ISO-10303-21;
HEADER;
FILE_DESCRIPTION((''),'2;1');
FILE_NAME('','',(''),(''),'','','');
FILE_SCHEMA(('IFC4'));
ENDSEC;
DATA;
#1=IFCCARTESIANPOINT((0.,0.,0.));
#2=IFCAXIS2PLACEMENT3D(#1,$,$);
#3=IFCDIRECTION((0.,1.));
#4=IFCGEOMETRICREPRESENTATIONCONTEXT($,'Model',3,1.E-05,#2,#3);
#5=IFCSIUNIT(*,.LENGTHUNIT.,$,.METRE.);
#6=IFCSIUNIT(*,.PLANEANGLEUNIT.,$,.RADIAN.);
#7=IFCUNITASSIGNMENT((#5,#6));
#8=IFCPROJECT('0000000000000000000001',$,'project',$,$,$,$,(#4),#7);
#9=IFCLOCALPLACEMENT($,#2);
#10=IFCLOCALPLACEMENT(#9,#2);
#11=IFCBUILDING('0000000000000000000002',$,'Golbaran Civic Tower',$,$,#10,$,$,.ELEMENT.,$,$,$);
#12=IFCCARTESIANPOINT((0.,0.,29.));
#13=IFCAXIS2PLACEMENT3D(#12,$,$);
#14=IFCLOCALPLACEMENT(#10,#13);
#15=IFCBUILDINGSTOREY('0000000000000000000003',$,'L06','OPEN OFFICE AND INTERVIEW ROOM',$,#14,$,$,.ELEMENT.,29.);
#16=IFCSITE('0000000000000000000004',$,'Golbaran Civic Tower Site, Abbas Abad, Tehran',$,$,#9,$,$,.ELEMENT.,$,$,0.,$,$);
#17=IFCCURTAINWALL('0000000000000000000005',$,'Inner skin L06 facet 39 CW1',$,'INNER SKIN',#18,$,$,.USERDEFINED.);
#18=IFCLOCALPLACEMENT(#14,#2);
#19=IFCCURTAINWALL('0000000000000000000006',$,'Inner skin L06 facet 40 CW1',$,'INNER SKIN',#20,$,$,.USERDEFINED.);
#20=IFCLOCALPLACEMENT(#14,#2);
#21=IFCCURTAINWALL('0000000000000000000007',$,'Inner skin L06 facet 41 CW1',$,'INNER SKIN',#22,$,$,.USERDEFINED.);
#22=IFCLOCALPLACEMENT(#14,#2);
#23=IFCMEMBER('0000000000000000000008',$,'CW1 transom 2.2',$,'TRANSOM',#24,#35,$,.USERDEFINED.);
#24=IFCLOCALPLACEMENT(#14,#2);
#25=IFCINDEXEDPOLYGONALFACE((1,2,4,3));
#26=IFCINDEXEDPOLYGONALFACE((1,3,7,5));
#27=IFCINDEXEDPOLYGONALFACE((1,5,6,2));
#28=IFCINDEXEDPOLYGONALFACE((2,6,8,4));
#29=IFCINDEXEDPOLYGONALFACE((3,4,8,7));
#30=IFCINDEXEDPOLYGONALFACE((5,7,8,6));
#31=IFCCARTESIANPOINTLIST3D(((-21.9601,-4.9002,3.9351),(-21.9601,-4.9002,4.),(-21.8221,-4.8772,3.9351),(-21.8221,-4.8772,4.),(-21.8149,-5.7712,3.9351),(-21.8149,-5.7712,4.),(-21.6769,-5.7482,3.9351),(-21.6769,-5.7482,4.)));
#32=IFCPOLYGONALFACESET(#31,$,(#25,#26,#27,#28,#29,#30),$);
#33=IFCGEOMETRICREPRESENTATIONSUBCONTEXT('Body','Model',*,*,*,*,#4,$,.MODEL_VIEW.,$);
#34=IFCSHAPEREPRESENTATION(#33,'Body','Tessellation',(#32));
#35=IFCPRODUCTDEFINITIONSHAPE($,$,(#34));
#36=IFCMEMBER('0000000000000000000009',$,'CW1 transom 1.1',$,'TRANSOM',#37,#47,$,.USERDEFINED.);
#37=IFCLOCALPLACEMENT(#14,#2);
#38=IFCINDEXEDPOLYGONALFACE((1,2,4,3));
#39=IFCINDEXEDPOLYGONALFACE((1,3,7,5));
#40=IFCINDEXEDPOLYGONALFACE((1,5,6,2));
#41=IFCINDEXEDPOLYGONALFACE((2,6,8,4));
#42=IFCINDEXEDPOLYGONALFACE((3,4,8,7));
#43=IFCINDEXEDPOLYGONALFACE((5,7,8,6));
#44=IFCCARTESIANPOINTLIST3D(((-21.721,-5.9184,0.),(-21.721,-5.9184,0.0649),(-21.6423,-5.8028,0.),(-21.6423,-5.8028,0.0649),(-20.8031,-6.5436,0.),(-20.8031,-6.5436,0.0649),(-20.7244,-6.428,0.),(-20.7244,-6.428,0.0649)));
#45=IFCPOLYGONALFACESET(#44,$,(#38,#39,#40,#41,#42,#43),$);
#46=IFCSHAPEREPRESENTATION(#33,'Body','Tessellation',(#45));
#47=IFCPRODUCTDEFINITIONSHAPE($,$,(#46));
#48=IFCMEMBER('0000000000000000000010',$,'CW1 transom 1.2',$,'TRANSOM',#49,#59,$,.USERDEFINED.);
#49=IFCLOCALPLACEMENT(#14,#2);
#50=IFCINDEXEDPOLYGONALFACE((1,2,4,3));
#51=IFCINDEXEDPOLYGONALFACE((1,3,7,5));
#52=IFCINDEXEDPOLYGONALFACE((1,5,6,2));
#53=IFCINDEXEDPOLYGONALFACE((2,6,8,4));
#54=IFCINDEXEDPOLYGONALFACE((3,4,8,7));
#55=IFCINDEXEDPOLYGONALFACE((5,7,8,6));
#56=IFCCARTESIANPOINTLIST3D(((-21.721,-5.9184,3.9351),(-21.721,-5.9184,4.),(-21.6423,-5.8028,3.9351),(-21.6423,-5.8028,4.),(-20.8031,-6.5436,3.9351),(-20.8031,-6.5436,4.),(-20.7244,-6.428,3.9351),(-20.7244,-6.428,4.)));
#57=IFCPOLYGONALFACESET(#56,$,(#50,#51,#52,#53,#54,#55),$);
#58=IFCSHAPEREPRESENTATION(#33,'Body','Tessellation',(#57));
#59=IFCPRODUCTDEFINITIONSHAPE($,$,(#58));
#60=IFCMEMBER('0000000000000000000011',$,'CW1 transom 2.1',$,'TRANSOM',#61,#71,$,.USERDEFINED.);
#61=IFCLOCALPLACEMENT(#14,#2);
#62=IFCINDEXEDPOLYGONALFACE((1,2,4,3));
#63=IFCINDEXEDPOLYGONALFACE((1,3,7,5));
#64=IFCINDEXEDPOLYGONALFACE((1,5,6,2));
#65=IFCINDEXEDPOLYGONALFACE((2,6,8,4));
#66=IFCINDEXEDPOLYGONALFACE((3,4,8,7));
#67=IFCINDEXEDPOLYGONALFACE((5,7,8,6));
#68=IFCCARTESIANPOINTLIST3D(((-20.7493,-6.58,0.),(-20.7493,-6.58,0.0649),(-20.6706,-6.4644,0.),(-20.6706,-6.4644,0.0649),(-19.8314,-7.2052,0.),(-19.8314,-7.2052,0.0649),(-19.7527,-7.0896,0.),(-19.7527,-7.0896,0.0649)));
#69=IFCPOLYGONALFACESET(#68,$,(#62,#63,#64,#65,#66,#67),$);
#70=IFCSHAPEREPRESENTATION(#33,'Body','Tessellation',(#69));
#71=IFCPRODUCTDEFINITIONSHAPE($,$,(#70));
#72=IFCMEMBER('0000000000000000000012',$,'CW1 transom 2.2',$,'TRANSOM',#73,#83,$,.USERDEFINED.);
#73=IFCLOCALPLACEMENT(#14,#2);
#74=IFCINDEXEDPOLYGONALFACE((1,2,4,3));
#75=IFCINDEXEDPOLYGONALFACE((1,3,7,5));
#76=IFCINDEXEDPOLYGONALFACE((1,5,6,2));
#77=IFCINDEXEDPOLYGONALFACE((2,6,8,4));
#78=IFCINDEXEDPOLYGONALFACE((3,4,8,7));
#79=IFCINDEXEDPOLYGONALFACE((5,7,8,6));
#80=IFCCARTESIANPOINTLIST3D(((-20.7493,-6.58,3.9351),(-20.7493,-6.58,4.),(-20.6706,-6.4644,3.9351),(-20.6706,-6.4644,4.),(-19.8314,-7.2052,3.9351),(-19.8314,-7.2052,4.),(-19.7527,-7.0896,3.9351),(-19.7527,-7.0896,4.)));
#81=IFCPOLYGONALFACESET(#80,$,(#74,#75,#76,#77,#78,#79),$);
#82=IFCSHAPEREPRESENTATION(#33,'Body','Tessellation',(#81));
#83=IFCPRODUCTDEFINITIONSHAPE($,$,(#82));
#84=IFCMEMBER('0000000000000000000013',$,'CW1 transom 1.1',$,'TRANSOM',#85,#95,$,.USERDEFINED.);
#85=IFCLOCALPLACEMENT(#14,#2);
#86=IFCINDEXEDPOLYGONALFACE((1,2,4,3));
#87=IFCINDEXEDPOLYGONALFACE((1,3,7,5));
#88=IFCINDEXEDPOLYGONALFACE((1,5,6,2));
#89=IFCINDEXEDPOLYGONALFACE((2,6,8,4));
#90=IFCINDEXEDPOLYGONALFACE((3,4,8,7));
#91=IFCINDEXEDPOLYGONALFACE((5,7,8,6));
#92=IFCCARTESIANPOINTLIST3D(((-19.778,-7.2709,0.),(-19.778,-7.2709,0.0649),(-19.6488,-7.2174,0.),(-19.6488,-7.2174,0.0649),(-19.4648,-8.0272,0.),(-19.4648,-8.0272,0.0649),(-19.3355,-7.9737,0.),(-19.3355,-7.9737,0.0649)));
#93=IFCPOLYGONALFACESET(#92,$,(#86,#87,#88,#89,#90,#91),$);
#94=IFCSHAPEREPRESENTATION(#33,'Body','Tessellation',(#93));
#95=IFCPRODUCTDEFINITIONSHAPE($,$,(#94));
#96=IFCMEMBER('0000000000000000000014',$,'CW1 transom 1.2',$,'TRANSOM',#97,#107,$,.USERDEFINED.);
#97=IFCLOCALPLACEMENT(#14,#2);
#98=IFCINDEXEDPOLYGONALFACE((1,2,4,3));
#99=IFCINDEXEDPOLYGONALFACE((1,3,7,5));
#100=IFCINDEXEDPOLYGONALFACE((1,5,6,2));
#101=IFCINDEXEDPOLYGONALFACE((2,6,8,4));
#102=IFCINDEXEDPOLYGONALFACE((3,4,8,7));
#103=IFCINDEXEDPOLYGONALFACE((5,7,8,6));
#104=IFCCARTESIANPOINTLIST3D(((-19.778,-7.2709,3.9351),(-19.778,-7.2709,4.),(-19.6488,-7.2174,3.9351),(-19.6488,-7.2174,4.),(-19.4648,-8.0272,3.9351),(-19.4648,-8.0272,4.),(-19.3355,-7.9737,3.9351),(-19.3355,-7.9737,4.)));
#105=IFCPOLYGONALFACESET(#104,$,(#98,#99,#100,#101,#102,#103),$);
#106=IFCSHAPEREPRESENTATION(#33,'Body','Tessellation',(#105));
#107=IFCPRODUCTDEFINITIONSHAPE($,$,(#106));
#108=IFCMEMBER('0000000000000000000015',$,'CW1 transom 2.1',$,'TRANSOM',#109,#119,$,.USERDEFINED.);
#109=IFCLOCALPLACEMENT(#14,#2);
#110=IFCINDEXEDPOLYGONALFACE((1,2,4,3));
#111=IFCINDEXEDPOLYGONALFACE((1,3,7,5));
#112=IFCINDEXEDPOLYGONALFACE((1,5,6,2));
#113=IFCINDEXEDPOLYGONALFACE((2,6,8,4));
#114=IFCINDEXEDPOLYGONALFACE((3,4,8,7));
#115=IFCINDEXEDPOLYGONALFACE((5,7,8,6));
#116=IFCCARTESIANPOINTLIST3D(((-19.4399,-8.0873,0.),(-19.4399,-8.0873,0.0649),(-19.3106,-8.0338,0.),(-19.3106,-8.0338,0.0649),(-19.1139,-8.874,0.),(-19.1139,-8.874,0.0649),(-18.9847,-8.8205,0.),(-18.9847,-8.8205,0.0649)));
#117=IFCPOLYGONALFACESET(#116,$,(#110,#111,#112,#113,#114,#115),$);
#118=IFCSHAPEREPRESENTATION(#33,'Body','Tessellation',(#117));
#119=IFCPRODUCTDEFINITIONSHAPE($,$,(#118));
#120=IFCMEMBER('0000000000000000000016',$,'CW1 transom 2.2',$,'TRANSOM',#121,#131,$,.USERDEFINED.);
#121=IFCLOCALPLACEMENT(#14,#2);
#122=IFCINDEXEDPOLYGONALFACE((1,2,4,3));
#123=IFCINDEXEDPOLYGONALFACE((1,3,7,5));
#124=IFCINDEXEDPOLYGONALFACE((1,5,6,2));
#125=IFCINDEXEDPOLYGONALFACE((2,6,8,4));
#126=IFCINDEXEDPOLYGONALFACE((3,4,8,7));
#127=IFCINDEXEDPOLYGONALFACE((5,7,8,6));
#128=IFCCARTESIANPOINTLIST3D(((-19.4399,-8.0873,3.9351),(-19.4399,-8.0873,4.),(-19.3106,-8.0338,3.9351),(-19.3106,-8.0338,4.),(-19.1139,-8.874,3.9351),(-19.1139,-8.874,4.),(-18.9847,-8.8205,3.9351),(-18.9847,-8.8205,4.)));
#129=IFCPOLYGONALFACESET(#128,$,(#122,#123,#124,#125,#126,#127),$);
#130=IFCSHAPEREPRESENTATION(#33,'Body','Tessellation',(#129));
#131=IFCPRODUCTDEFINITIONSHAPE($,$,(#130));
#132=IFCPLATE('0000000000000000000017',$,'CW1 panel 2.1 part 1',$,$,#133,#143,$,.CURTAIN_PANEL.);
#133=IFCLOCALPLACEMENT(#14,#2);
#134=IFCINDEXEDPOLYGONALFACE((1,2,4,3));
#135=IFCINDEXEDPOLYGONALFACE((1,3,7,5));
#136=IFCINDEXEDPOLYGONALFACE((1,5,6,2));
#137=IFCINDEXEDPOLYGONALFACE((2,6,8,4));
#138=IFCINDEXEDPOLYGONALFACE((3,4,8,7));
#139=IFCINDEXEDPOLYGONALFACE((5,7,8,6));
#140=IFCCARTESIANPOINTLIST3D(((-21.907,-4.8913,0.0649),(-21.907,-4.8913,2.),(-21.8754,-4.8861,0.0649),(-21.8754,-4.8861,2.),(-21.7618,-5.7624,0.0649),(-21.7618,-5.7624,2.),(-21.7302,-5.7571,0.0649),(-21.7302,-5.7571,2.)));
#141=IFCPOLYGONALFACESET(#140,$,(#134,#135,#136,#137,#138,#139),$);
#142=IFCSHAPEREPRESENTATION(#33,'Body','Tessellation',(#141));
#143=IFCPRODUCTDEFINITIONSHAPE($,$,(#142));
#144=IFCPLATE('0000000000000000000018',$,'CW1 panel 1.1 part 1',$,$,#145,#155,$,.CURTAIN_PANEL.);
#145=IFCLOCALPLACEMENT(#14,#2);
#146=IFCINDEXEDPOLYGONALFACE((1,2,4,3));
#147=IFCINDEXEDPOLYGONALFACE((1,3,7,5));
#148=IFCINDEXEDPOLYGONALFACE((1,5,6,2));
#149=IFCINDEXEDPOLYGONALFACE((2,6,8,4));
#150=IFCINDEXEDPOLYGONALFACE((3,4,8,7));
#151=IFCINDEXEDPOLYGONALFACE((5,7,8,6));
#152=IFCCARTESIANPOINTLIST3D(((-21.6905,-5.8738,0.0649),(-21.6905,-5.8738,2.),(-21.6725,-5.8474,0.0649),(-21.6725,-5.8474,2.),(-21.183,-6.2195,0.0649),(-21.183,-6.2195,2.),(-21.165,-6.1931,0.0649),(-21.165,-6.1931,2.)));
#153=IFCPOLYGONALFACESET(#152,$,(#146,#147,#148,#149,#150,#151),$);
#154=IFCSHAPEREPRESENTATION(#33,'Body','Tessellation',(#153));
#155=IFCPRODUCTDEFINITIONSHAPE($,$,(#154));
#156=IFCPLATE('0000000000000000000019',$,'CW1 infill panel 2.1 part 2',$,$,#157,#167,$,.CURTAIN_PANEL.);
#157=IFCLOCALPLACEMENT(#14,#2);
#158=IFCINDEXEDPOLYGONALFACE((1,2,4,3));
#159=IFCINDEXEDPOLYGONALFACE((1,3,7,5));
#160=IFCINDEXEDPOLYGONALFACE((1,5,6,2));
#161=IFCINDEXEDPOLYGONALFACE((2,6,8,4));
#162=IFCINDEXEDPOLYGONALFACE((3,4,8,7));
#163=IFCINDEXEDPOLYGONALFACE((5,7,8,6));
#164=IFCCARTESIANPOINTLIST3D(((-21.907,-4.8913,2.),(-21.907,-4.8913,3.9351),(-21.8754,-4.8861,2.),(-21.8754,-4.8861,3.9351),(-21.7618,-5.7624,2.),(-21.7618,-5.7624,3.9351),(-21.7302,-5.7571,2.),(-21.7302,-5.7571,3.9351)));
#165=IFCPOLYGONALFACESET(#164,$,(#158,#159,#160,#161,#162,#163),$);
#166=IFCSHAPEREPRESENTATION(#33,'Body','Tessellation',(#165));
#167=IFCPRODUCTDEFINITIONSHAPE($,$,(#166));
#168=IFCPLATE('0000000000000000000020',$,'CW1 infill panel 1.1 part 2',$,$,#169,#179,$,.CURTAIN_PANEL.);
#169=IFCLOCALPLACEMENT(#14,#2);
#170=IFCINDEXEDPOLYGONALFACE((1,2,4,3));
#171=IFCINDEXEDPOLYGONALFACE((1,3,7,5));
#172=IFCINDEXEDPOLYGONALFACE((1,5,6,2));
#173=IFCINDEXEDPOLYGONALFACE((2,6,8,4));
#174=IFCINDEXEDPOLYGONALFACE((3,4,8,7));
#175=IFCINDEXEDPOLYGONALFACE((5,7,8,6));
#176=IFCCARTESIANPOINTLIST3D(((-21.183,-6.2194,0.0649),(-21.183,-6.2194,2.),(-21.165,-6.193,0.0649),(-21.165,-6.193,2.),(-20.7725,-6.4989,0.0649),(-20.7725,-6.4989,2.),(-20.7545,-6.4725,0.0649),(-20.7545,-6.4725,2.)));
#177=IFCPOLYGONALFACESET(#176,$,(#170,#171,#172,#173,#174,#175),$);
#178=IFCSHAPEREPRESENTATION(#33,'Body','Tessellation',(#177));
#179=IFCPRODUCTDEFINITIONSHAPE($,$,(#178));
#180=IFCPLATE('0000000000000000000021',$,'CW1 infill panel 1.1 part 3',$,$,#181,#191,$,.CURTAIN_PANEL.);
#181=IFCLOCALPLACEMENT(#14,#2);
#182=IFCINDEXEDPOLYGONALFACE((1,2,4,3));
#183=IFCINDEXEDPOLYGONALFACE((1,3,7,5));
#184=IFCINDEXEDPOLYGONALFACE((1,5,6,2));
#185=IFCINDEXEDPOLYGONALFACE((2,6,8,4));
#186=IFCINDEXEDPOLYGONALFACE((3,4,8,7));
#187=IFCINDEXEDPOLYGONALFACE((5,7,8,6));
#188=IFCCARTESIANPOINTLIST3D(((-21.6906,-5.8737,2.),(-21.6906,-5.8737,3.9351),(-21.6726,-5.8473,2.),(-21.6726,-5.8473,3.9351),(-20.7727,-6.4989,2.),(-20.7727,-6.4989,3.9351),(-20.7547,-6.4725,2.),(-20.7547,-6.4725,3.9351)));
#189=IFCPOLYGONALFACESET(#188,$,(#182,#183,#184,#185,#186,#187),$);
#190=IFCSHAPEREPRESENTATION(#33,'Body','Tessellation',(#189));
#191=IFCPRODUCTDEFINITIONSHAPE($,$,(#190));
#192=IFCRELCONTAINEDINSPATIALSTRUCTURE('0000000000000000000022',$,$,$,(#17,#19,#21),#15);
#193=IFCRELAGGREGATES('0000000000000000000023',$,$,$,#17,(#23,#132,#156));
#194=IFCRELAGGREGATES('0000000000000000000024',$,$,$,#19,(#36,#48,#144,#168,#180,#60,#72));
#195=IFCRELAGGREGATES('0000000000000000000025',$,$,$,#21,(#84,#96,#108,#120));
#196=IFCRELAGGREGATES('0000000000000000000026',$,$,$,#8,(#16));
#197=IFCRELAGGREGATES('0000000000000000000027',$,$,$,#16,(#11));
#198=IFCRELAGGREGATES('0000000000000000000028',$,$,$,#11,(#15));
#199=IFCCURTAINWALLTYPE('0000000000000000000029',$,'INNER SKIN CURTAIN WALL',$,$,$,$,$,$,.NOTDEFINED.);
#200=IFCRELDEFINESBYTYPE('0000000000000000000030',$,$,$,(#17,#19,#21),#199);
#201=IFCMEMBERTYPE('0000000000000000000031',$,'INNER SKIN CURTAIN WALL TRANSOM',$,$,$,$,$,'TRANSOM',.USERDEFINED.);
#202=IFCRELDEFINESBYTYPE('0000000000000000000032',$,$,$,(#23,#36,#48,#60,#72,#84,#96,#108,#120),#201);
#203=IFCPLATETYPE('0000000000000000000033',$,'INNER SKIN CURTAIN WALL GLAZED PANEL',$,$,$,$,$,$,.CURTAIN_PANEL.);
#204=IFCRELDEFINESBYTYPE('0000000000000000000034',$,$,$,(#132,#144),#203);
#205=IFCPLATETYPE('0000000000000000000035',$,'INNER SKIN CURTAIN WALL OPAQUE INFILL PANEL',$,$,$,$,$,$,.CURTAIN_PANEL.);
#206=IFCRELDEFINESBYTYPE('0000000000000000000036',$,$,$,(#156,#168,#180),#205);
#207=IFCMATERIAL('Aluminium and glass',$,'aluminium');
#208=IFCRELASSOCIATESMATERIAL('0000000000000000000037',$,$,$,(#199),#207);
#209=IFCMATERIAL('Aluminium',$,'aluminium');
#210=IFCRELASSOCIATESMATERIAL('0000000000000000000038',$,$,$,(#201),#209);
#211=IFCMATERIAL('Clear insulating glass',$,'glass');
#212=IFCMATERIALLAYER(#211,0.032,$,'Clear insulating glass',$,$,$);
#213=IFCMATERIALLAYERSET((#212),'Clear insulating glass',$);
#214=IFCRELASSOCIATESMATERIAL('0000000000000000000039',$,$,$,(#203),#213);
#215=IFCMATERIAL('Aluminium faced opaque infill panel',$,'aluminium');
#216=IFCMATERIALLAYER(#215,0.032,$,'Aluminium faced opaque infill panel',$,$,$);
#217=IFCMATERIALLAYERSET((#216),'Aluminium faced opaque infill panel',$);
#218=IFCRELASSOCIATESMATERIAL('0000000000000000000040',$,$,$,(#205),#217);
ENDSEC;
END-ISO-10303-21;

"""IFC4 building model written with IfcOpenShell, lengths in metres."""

from ifc_helpers import new_model, si_unit, direction, frame, origin, origin_2d, place, context, subcontext, project, spatial, rectangle, extrude, material, layer, layer_set, material_profile, profile_set, type_object, element, aggregate, save


model = new_model("IFC4")

# Units and contexts
model_context = context("Model", 3, precision=1e-05, world=origin(), true_north=direction((0.0, 1.0)))
body_context = subcontext(model_context, "Body", "Model", "MODEL_VIEW")
ifc_project = project(units=[si_unit("LENGTHUNIT", "METRE"), si_unit("PLANEANGLEUNIT", "RADIAN")], contexts=[model_context])

# Site, building, storey
site_placement = place(None, origin())
site = spatial("IfcSite", under=ifc_project, at=site_placement, Name="Golbaran Civic Tower Site, Abbas Abad, Tehran", CompositionType="ELEMENT", RefElevation=0.0)
building_placement = place(site_placement, origin())
building = spatial("IfcBuilding", under=site, at=building_placement, Name="Golbaran Civic Tower", CompositionType="ELEMENT")
storey_placement = place(building_placement, frame((0.0, 0.0, 29.0)))
storey = spatial("IfcBuildingStorey", under=building, at=storey_placement, Name="L06", Description="OPEN OFFICE AND INTERVIEW ROOM", CompositionType="ELEMENT", Elevation=29.0)

# Curtain wall
ifc_material_1 = material(Name="Aluminium and glass", Category="aluminium")
curtain_wall_type = type_object("IfcCurtainWallType", Name="INNER SKIN CURTAIN WALL", PredefinedType="NOTDEFINED", material=ifc_material_1)
curtain_wall_1_placement = place(storey_placement, origin())
curtain_wall_1 = element("IfcCurtainWall", 1, at=curtain_wall_1_placement, inside=storey, type_object=curtain_wall_type, Name="Inner skin L06 facet 39 CW1", ObjectType="INNER SKIN", PredefinedType="USERDEFINED")
ifc_material_2 = material(Name="Aluminium", Category="aluminium")

# Curtain walls
curtain_wall_2_placement = place(storey_placement, origin())
curtain_wall_2 = element("IfcCurtainWall", 2, at=curtain_wall_2_placement, inside=storey, type_object=curtain_wall_type, Name="Inner skin L06 facet 40 CW1", ObjectType="INNER SKIN", PredefinedType="USERDEFINED")
curtain_wall_3_placement = place(storey_placement, origin())
curtain_wall_3 = element("IfcCurtainWall", 3, at=curtain_wall_3_placement, inside=storey, type_object=curtain_wall_type, Name="Inner skin L06 facet 41 CW1", ObjectType="INNER SKIN", PredefinedType="USERDEFINED")

# Members
ifc_material_profile_1 = material_profile(ifc_material_2, rectangle(XDim=0.1399, YDim=0.0649, at=origin_2d()), Name="INNER SKIN CURTAIN WALL TRANSOM")
ifc_profile_set_1 = profile_set([ifc_material_profile_1], Name="Aluminium")
member_type_1 = type_object("IfcMemberType", Name="INNER SKIN CURTAIN WALL TRANSOM", ElementType="TRANSOM", PredefinedType="USERDEFINED", material=ifc_profile_set_1)
member_1_placement = place(storey_placement, frame((-21.8911, -4.8887, 3.9675), z_axis=(0.164489, -0.986379, 0.0), x_axis=(0.986379, 0.164489, 0.0)))
member_1 = element("IfcMember", 4, at=member_1_placement, type_object=member_type_1, Name="CW1 transom 2.2", ObjectType="TRANSOM", PredefinedType="USERDEFINED", context=body_context, shape_type="SweptSolid", body=[
    extrude(rectangle(XDim=0.1399, YDim=0.0649, at=origin_2d()), origin(), (0.0, 0.0, 1.0), 0.8831),
])
member_2_placement = place(storey_placement, frame((-21.6816, -5.8606, 0.0325), z_axis=(0.826497, -0.562941, 0.0), x_axis=(0.562941, 0.826497, 0.0)))
member_2 = element("IfcMember", 5, at=member_2_placement, type_object=member_type_1, Name="CW1 transom 1.1", ObjectType="TRANSOM", PredefinedType="USERDEFINED", context=body_context, shape_type="SweptSolid", body=[
    extrude(rectangle(XDim=0.1399, YDim=0.0649, at=origin_2d()), origin(), (0.0, 0.0, 1.0), 1.1106),
])
member_3_placement = place(storey_placement, frame((-21.6816, -5.8606, 3.9675), z_axis=(0.826497, -0.562941, 0.0), x_axis=(0.562941, 0.826497, 0.0)))
member_3 = element("IfcMember", 6, at=member_3_placement, type_object=member_type_1, Name="CW1 transom 1.2", ObjectType="TRANSOM", PredefinedType="USERDEFINED", context=body_context, shape_type="SweptSolid", body=[
    extrude(rectangle(XDim=0.1399, YDim=0.0649, at=origin_2d()), origin(), (0.0, 0.0, 1.0), 1.1106),
])
member_4_placement = place(storey_placement, frame((-20.71, -6.5222, 0.0325), z_axis=(0.826497, -0.562941, 0.0), x_axis=(0.562941, 0.826497, 0.0)))
member_4 = element("IfcMember", 7, at=member_4_placement, type_object=member_type_1, Name="CW1 transom 2.1", ObjectType="TRANSOM", PredefinedType="USERDEFINED", context=body_context, shape_type="SweptSolid", body=[
    extrude(rectangle(XDim=0.1399, YDim=0.0649, at=origin_2d()), origin(), (0.0, 0.0, 1.0), 1.1106),
])
member_5_placement = place(storey_placement, frame((-20.71, -6.5222, 3.9675), z_axis=(0.826497, -0.562941, 0.0), x_axis=(0.562941, 0.826497, 0.0)))
member_5 = element("IfcMember", 8, at=member_5_placement, type_object=member_type_1, Name="CW1 transom 2.2", ObjectType="TRANSOM", PredefinedType="USERDEFINED", context=body_context, shape_type="SweptSolid", body=[
    extrude(rectangle(XDim=0.1399, YDim=0.0649, at=origin_2d()), origin(), (0.0, 0.0, 1.0), 1.1106),
])
member_6_placement = place(storey_placement, frame((-19.7134, -7.2441, 0.0325), z_axis=(0.382624, -0.923904, 0.0), x_axis=(0.923904, 0.382624, 0.0)))
member_6 = element("IfcMember", 9, at=member_6_placement, type_object=member_type_1, Name="CW1 transom 1.1", ObjectType="TRANSOM", PredefinedType="USERDEFINED", context=body_context, shape_type="SweptSolid", body=[
    extrude(rectangle(XDim=0.1399, YDim=0.0649, at=origin_2d()), origin(), (0.0, 0.0, 1.0), 0.8186),
])
member_7_placement = place(storey_placement, frame((-19.7134, -7.2441, 3.9675), z_axis=(0.382624, -0.923904, 0.0), x_axis=(0.923904, 0.382624, 0.0)))
member_7 = element("IfcMember", 10, at=member_7_placement, type_object=member_type_1, Name="CW1 transom 1.2", ObjectType="TRANSOM", PredefinedType="USERDEFINED", context=body_context, shape_type="SweptSolid", body=[
    extrude(rectangle(XDim=0.1399, YDim=0.0649, at=origin_2d()), origin(), (0.0, 0.0, 1.0), 0.8186),
])
member_8_placement = place(storey_placement, frame((-19.3752, -8.0605, 0.0325), z_axis=(0.382782, -0.923839, 0.0), x_axis=(0.923839, 0.382782, 0.0)))
member_8 = element("IfcMember", 11, at=member_8_placement, type_object=member_type_1, Name="CW1 transom 2.1", ObjectType="TRANSOM", PredefinedType="USERDEFINED", context=body_context, shape_type="SweptSolid", body=[
    extrude(rectangle(XDim=0.1399, YDim=0.0649, at=origin_2d()), origin(), (0.0, 0.0, 1.0), 0.8516),
])
member_9_placement = place(storey_placement, frame((-19.3752, -8.0605, 3.9675), z_axis=(0.382782, -0.923839, 0.0), x_axis=(0.923839, 0.382782, 0.0)))
member_9 = element("IfcMember", 12, at=member_9_placement, type_object=member_type_1, Name="CW1 transom 2.2", ObjectType="TRANSOM", PredefinedType="USERDEFINED", context=body_context, shape_type="SweptSolid", body=[
    extrude(rectangle(XDim=0.1399, YDim=0.0649, at=origin_2d()), origin(), (0.0, 0.0, 1.0), 0.8516),
])

# Plates
ifc_material_3 = material(Name="Clear insulating glass", Category="glass")
ifc_layer_1 = layer(ifc_material_3, 0.032, Name="Clear insulating glass")
ifc_layer_set_1 = layer_set([ifc_layer_1], Name="Clear insulating glass")
plate_type_1 = type_object("IfcPlateType", Name="INNER SKIN CURTAIN WALL GLAZED PANEL", PredefinedType="CURTAIN_PANEL", material=ifc_layer_set_1)
plate_1_placement = place(storey_placement, frame((-21.8186, -5.3242, 0.0649), z_axis=(0.0, 0.0, 1.0), x_axis=(0.164415, -0.986391, 0.0)))
plate_1 = element("IfcPlate", 13, at=plate_1_placement, type_object=plate_type_1, Name="CW1 panel 2.1 part 1", PredefinedType="CURTAIN_PANEL", context=body_context, shape_type="SweptSolid", body=[
    extrude(rectangle(XDim=0.8831, YDim=0.032, at=origin_2d()), origin(), (0.0, 0.0, 1.0), 1.9351),
])
plate_2_placement = place(storey_placement, frame((-21.4277, -6.0334, 0.0649), z_axis=(0.0, 0.0, 1.0), x_axis=(0.8265, -0.562936, 0.0)))
plate_2 = element("IfcPlate", 14, at=plate_2_placement, type_object=plate_type_1, Name="CW1 panel 1.1 part 1", PredefinedType="CURTAIN_PANEL", context=body_context, shape_type="SweptSolid", body=[
    extrude(rectangle(XDim=0.614, YDim=0.032, at=origin_2d()), origin(), (0.0, 0.0, 1.0), 1.9351),
])
ifc_material_4 = material(Name="Aluminium faced opaque infill panel", Category="aluminium")
ifc_layer_2 = layer(ifc_material_4, 0.032, Name="Aluminium faced opaque infill panel")
ifc_layer_set_2 = layer_set([ifc_layer_2], Name="Aluminium faced opaque infill panel")
plate_type_2 = type_object("IfcPlateType", Name="INNER SKIN CURTAIN WALL OPAQUE INFILL PANEL", PredefinedType="CURTAIN_PANEL", material=ifc_layer_set_2)
plate_3_placement = place(storey_placement, frame((-21.8186, -5.3242, 2.0), z_axis=(0.0, 0.0, 1.0), x_axis=(0.164415, -0.986391, 0.0)))
plate_3 = element("IfcPlate", 15, at=plate_3_placement, type_object=plate_type_2, Name="CW1 infill panel 2.1 part 2", PredefinedType="CURTAIN_PANEL", context=body_context, shape_type="SweptSolid", body=[
    extrude(rectangle(XDim=0.8831, YDim=0.032, at=origin_2d()), origin(), (0.0, 0.0, 1.0), 1.9351),
])
aggregate(curtain_wall_1, [member_1, plate_1, plate_3])
plate_4_placement = place(storey_placement, frame((-20.9688, -6.3459, 0.0649), z_axis=(0.0, 0.0, 1.0), x_axis=(0.8265, -0.562936, 0.0)))
plate_4 = element("IfcPlate", 16, at=plate_4_placement, type_object=plate_type_2, Name="CW1 infill panel 1.1 part 2", PredefinedType="CURTAIN_PANEL", context=body_context, shape_type="SweptSolid", body=[
    extrude(rectangle(XDim=0.4966, YDim=0.032, at=origin_2d()), origin(), (0.0, 0.0, 1.0), 1.9351),
])
plate_5_placement = place(storey_placement, frame((-21.2227, -6.1731, 2.0), z_axis=(0.0, 0.0, 1.0), x_axis=(0.8265, -0.562936, 0.0)))
plate_5 = element("IfcPlate", 17, at=plate_5_placement, type_object=plate_type_2, Name="CW1 infill panel 1.1 part 3", PredefinedType="CURTAIN_PANEL", context=body_context, shape_type="SweptSolid", body=[
    extrude(rectangle(XDim=1.1106, YDim=0.032, at=origin_2d()), origin(), (0.0, 0.0, 1.0), 1.9351),
])
aggregate(curtain_wall_2, [member_2, member_3, plate_2, plate_4, plate_5, member_4, member_5])
aggregate(curtain_wall_3, [member_6, member_7, member_8, member_9])

save(model, "model.ifc")
